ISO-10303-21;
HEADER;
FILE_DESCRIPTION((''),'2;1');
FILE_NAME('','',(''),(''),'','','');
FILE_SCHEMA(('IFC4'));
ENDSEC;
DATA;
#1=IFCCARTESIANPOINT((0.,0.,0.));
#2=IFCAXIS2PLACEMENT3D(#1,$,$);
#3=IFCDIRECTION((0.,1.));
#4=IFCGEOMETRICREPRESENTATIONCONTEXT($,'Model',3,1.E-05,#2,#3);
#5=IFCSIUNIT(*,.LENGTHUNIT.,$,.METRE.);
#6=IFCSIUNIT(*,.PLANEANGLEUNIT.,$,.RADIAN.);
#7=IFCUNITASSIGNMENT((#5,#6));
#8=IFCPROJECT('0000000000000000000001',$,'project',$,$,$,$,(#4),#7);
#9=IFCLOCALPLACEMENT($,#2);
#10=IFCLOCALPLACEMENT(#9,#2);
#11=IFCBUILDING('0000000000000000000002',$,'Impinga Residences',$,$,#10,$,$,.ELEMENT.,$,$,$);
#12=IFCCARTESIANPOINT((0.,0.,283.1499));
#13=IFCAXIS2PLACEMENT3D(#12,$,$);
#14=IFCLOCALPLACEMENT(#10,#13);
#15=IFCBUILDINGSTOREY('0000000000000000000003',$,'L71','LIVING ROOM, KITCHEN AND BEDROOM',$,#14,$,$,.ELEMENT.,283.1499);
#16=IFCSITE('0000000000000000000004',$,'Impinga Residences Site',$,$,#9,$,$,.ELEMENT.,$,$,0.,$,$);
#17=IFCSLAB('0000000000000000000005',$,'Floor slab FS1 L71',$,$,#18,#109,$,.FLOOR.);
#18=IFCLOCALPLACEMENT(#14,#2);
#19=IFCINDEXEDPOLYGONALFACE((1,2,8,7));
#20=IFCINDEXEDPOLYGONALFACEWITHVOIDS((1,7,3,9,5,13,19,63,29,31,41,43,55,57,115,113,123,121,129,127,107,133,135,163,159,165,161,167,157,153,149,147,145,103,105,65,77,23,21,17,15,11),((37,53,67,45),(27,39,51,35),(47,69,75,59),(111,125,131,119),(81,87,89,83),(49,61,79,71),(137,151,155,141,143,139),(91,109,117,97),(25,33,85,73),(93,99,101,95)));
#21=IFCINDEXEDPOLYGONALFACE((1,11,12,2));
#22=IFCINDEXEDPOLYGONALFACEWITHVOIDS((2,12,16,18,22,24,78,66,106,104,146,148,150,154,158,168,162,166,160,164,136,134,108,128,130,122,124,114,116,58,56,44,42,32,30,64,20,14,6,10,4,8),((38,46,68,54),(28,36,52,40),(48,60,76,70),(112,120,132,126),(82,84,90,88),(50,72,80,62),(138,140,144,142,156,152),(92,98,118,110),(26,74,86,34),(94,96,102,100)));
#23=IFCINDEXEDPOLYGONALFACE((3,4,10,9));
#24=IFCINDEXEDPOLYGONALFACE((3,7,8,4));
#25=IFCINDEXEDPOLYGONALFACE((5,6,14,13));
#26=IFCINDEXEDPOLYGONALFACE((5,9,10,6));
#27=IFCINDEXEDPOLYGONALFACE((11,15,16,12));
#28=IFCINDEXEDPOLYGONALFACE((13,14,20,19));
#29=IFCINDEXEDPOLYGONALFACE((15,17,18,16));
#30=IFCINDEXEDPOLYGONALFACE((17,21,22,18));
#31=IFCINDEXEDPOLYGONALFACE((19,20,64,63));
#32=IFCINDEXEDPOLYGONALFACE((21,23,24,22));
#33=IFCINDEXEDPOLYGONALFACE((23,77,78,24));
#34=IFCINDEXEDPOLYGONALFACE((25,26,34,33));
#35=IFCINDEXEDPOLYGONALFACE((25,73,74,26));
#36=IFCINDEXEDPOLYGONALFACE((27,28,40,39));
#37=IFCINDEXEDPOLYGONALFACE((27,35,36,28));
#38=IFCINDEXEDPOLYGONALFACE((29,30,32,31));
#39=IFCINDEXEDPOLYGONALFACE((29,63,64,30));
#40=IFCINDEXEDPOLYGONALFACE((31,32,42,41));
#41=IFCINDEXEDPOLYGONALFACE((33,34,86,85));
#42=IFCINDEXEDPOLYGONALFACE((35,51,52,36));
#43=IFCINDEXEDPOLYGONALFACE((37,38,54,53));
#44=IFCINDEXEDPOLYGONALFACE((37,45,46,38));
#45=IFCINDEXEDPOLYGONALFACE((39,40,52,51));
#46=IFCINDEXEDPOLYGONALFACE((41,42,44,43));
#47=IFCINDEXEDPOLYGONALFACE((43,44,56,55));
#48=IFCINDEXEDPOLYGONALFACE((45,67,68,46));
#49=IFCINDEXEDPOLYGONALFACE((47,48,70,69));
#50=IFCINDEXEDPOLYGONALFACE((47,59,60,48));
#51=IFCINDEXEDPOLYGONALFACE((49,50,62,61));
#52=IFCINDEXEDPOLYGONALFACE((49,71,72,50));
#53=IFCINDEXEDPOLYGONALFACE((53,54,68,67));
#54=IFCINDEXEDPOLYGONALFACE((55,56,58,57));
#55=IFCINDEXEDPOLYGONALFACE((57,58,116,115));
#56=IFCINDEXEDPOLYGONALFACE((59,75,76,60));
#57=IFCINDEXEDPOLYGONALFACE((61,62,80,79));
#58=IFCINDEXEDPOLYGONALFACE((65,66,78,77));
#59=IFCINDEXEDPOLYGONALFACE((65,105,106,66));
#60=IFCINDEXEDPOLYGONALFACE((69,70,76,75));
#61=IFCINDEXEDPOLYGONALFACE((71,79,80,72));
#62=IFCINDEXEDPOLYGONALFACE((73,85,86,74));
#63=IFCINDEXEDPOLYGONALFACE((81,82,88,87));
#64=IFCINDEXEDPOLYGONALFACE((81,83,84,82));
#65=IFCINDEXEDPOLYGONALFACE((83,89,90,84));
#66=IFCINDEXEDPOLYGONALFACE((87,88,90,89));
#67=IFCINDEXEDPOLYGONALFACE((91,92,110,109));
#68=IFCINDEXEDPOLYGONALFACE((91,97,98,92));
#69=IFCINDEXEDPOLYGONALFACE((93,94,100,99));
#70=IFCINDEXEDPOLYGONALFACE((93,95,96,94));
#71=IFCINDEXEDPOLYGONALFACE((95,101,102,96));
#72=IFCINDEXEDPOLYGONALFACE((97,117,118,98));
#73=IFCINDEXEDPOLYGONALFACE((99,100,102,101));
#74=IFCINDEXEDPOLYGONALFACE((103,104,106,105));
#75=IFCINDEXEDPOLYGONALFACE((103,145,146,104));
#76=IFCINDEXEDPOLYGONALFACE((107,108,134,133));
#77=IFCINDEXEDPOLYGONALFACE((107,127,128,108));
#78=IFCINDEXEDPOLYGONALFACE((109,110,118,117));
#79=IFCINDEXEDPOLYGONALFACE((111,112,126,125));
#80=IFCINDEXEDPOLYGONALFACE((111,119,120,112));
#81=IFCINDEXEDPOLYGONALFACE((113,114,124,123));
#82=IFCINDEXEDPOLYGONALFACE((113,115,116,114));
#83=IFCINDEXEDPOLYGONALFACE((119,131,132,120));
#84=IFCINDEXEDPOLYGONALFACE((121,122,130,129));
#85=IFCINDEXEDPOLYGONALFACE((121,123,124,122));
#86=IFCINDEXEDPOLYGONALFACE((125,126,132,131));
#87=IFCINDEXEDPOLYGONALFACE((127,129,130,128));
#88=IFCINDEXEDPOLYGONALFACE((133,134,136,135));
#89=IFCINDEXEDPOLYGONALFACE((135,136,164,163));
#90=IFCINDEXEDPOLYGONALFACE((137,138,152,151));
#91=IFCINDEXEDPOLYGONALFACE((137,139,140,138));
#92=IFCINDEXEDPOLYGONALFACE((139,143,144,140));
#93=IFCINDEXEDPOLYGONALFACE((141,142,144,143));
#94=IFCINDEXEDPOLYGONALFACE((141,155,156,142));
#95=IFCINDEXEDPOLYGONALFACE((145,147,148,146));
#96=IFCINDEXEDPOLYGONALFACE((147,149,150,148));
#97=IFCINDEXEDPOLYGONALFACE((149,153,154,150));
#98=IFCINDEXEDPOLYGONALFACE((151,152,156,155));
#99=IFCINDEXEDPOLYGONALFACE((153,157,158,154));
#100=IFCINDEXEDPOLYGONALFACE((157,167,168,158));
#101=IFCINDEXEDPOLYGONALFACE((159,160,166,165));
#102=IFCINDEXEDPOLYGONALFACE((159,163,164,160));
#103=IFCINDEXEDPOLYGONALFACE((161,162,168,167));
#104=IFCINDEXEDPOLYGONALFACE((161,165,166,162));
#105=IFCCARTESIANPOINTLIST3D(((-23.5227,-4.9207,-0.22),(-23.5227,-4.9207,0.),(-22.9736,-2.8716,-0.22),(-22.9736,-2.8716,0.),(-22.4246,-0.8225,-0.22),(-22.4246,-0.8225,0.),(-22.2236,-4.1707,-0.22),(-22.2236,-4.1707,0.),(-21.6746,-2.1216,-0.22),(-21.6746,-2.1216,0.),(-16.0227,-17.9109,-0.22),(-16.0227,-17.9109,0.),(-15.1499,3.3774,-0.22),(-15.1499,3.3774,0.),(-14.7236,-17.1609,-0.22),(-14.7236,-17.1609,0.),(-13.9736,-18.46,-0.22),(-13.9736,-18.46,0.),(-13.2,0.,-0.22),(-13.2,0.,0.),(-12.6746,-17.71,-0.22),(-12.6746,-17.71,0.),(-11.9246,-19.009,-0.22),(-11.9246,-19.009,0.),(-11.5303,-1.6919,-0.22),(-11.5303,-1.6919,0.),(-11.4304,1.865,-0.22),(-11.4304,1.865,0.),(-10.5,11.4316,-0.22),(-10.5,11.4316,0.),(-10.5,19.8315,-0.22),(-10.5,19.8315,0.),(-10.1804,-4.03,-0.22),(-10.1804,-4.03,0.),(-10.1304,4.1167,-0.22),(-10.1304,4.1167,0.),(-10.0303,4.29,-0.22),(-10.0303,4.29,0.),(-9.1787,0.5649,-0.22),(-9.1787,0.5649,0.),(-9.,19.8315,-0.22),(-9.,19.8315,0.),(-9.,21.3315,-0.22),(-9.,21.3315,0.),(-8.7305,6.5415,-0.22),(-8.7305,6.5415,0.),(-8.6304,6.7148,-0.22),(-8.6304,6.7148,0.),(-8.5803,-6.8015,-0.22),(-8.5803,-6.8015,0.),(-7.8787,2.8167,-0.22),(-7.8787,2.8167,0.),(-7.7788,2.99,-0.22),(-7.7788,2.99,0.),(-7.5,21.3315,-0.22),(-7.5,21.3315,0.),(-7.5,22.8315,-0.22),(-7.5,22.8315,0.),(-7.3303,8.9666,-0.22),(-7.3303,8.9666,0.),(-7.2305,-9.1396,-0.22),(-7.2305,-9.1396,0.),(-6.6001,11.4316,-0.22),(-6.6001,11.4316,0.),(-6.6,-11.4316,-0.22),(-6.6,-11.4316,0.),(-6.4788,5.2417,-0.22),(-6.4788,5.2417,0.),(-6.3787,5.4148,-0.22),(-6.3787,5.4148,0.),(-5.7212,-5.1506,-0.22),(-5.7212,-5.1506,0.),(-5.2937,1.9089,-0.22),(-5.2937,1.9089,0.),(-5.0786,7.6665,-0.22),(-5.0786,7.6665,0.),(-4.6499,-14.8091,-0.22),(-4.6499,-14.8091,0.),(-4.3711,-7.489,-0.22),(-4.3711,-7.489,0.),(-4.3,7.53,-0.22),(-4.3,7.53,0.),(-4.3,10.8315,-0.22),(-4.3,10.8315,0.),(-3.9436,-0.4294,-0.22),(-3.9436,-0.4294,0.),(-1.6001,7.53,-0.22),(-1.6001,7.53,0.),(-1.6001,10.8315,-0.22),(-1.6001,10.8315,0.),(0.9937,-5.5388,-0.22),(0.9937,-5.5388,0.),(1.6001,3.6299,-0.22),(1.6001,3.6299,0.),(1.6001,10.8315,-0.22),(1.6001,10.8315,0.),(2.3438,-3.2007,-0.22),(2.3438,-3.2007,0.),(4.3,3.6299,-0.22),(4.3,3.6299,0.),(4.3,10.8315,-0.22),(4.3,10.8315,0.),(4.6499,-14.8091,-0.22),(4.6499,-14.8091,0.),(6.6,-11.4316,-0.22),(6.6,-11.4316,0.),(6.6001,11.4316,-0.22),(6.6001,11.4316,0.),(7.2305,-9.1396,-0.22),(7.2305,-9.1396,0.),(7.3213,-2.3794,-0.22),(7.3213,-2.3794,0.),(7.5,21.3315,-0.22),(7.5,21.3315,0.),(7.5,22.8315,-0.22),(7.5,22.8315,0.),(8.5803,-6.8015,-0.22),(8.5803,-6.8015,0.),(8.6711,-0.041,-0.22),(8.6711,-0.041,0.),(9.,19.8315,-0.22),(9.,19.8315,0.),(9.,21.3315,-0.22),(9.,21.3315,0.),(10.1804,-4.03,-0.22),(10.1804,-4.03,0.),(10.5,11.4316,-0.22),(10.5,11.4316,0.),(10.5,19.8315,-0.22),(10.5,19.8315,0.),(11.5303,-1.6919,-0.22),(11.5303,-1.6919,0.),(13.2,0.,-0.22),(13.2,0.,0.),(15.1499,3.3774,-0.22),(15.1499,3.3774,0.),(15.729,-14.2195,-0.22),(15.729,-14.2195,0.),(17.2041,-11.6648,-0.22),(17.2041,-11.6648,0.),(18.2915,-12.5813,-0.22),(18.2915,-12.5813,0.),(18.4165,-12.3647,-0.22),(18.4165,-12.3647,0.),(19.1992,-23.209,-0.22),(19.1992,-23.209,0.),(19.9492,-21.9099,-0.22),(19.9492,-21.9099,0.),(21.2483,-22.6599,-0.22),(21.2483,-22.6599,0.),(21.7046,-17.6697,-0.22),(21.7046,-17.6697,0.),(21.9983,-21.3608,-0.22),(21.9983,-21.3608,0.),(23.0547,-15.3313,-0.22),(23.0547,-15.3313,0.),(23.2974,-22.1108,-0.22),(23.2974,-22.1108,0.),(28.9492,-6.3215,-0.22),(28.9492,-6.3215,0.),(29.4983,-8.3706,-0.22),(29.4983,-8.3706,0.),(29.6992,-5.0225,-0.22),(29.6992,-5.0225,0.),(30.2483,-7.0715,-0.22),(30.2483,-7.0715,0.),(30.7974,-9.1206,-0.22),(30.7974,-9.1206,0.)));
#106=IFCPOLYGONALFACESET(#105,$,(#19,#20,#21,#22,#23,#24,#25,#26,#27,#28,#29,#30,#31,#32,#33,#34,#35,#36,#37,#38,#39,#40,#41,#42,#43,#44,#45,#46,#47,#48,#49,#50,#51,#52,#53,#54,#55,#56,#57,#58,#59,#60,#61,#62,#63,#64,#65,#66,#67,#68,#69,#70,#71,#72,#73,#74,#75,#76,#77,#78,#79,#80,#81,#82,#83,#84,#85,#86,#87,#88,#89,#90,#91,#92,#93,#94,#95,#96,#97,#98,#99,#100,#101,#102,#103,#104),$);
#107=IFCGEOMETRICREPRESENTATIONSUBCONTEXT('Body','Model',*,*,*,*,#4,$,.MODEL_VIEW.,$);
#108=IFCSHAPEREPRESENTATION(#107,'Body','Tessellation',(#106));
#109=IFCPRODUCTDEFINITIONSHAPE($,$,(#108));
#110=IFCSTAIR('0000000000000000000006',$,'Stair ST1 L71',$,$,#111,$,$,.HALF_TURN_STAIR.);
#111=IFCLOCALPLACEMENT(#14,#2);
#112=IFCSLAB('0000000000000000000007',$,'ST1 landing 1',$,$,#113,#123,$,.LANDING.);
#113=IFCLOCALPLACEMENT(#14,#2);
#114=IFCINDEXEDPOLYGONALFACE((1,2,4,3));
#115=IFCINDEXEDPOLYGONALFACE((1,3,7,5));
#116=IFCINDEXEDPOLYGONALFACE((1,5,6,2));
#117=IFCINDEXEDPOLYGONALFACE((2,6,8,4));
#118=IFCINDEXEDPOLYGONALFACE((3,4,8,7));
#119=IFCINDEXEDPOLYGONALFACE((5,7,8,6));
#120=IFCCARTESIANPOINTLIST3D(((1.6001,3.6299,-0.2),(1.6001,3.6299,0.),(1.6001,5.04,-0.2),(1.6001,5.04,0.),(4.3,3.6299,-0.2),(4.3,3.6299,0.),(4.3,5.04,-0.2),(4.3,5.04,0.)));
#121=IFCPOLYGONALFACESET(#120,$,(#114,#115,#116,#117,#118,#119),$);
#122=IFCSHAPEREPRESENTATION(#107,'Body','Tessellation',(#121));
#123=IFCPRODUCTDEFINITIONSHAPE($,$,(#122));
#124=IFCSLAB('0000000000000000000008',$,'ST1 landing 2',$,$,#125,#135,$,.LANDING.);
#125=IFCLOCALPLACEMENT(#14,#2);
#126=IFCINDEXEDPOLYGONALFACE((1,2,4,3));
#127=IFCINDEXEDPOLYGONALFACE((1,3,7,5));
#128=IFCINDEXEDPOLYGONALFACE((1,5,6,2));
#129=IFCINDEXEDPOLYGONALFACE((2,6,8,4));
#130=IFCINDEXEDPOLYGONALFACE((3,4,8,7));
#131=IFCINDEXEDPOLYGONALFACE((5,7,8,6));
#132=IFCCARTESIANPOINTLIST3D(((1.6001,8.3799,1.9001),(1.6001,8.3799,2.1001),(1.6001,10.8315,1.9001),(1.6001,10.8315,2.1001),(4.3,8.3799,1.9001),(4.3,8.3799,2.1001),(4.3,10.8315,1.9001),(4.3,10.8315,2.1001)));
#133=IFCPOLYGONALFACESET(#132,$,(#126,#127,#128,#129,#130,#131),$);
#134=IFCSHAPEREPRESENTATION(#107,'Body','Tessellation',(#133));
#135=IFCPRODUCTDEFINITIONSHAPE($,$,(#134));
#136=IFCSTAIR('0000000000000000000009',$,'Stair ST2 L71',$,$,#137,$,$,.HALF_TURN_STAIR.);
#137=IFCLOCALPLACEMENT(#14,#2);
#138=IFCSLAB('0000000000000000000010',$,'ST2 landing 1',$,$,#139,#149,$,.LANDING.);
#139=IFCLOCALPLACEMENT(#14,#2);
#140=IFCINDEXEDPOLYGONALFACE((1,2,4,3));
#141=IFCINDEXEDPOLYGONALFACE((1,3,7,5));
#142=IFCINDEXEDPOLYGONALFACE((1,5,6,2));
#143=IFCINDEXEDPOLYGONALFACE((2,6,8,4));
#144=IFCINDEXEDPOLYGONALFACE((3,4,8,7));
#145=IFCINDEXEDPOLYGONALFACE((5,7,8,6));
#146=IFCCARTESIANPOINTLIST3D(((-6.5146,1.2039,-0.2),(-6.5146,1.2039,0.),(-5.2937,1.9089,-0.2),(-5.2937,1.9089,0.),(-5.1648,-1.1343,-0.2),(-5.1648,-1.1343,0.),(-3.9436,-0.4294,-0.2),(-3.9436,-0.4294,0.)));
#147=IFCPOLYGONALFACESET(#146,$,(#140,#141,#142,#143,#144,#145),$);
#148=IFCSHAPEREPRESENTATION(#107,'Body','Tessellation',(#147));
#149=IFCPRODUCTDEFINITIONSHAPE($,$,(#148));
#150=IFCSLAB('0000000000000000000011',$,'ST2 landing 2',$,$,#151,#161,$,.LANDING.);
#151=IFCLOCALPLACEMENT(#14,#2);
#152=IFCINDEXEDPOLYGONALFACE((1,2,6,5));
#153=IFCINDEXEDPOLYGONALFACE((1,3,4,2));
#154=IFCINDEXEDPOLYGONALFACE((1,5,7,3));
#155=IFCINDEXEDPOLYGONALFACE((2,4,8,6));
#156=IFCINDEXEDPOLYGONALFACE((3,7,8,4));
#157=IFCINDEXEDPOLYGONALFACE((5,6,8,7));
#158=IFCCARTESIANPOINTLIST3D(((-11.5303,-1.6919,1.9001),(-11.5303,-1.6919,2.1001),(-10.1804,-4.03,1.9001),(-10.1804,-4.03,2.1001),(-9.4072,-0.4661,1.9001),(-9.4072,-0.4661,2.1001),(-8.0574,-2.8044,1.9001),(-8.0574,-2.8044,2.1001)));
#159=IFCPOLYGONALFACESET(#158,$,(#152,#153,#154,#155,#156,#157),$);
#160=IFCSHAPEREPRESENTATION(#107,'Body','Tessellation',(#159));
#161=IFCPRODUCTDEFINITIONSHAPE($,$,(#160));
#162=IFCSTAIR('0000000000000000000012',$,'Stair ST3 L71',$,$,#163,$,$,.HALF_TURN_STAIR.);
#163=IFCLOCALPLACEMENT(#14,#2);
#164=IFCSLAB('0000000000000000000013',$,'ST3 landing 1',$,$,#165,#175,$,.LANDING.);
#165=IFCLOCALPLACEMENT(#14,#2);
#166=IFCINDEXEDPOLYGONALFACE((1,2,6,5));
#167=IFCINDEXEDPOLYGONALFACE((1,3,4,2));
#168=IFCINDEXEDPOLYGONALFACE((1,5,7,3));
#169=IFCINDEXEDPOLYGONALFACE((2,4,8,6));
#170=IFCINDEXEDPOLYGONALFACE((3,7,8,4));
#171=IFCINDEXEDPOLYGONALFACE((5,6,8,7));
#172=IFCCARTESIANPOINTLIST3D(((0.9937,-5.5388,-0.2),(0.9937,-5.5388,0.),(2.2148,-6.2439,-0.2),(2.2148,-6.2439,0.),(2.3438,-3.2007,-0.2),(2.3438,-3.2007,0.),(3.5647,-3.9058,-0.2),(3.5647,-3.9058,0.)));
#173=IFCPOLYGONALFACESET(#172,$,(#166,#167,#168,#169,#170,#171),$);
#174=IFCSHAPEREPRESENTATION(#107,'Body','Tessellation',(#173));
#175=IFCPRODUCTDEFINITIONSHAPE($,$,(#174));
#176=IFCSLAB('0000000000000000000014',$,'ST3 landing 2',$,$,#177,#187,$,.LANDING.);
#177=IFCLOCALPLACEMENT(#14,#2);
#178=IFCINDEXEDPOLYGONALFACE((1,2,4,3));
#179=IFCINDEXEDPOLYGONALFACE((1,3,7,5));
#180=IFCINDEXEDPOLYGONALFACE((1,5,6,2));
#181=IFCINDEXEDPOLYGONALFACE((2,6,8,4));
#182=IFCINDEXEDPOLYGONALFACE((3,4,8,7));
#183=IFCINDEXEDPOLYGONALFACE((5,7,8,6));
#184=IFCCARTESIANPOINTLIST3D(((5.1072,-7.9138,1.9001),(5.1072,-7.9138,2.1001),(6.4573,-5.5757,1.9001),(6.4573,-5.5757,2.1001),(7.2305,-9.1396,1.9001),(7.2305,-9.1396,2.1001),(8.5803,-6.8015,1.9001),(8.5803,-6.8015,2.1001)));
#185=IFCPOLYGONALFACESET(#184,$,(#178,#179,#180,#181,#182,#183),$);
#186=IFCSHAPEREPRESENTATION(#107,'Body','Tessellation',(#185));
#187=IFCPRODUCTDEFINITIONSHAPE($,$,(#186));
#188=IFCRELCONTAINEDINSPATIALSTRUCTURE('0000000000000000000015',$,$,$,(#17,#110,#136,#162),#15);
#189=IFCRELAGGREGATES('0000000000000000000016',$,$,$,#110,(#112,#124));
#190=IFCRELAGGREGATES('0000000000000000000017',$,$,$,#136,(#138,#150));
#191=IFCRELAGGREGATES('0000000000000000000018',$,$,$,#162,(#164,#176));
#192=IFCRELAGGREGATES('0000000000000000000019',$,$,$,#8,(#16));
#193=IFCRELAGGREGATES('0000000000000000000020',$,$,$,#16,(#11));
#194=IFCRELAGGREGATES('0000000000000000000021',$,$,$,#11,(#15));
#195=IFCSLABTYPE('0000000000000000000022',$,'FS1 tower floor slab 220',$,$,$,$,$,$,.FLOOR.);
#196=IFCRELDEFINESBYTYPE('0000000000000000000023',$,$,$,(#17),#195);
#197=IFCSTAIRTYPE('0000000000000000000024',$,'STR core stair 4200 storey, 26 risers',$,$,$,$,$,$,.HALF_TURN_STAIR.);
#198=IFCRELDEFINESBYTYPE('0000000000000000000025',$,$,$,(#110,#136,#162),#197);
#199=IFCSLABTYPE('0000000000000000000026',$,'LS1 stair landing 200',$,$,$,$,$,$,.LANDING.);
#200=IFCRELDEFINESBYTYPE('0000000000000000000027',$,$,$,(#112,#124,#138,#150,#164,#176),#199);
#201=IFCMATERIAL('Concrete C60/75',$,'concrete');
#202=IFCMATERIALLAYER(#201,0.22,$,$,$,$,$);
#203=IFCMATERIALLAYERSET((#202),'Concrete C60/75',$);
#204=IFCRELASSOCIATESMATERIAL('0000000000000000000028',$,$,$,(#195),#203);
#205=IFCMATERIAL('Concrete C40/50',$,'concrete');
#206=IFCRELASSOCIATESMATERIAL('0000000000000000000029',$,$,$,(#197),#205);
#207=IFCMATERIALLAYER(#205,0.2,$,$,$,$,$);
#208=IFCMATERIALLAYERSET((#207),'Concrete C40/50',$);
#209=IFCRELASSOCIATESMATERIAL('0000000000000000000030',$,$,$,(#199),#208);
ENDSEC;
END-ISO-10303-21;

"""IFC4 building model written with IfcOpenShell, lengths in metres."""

from ifc_helpers import new_model, si_unit, direction, frame, origin, place, context, subcontext, project, spatial, polyline, outline, extrude, material, layer, layer_set, type_object, element, aggregate, save


model = new_model("IFC4")

# Units and contexts
model_context = context("Model", 3, precision=1e-05, world=origin(), true_north=direction((0.0, 1.0)))
body_context = subcontext(model_context, "Body", "Model", "MODEL_VIEW")
ifc_project = project(units=[si_unit("LENGTHUNIT", "METRE"), si_unit("PLANEANGLEUNIT", "RADIAN")], contexts=[model_context])

# Site, building, storey
site_placement = place(None, origin())
site = spatial("IfcSite", under=ifc_project, at=site_placement, Name="Impinga Residences Site", CompositionType="ELEMENT", RefElevation=0.0)
building_placement = place(site_placement, origin())
building = spatial("IfcBuilding", under=site, at=building_placement, Name="Impinga Residences", CompositionType="ELEMENT")
storey_placement = place(building_placement, frame((0.0, 0.0, 283.1499)))
storey = spatial("IfcBuildingStorey", under=building, at=storey_placement, Name="L71", Description="LIVING ROOM, KITCHEN AND BEDROOM", CompositionType="ELEMENT", Elevation=283.1499)

# Slab
ifc_material_1 = material(Name="Concrete C60/75", Category="concrete")
ifc_layer_1 = layer(ifc_material_1, 0.22)
ifc_layer_set_1 = layer_set([ifc_layer_1], Name="Concrete C60/75")
slab_type_1 = type_object("IfcSlabType", Name="FS1 tower floor slab 220", PredefinedType="FLOOR", material=ifc_layer_set_1)
slab_1_placement = place(storey_placement, frame((0.0, 0.0, -0.22)))
element("IfcSlab", 1, at=slab_1_placement, inside=storey, type_object=slab_type_1, Name="Floor slab FS1 L71", PredefinedType="FLOOR", context=body_context, shape_type="SweptSolid", body=[
    extrude(outline(polyline([(28.9492, -6.3215), (30.2483, -7.0715), (29.4983, -8.3706), (30.7974, -9.1206), (23.2974, -22.1108), (21.9983, -21.3608), (21.2483, -22.6599), (19.9492, -21.9099), (19.1992, -23.209), (4.6499, -14.8091), (9.9001, -5.7158), (6.6001, -11.4316), (-6.6001, -11.4316), (-9.9001, -5.7158), (-4.6499, -14.8091), (-11.9246, -19.009), (-12.6746, -17.71), (-13.9736, -18.46), (-14.7236, -17.1609), (-16.0227, -17.9109), (-23.5227, -4.9207), (-22.2236, -4.1707), (-22.9736, -2.8716), (-21.6746, -2.1216), (-22.4246, -0.8225), (-15.1499, 3.3774), (-13.2, 0.0), (-6.6001, 11.4316), (-10.5, 11.4316), (-10.5, 19.8315), (-9.0, 19.8315), (-9.0, 21.3315), (-7.5, 21.3315), (-7.5, 22.8315), (7.5, 22.8315), (7.5, 21.3315), (9.0, 21.3315), (9.0, 19.8315), (10.5, 19.8315), (10.5, 11.4316), (6.6001, 11.4316), (13.2, 0.0), (15.1499, 3.3774), (29.6992, -5.0225), (28.9492, -6.3215)]), holes=[polyline([(-8.5803, -6.8015), (-7.2305, -9.1396), (-4.3711, -7.489), (-5.7212, -5.1506), (-8.5803, -6.8015)]), polyline([(-5.2937, 1.9089), (-11.5303, -1.6919), (-10.1804, -4.03), (-3.9436, -0.4294), (-5.2937, 1.9089)]), polyline([(-7.8787, 2.8167), (-10.1304, 4.1167), (-11.4304, 1.865), (-9.1787, 0.5649), (-7.8787, 2.8167)]), polyline([(-8.7305, 6.5415), (-10.0303, 4.29), (-7.7788, 2.99), (-6.4788, 5.2417), (-8.7305, 6.5415)]), polyline([(-5.0786, 7.6665), (-7.3303, 8.9666), (-8.6304, 6.7148), (-6.3787, 5.4148), (-5.0786, 7.6665)]), polyline([(-1.6001, 7.53), (-1.6001, 10.8315), (-4.3, 10.8315), (-4.3, 7.53), (-1.6001, 7.53)]), polyline([(21.7046, -17.6697), (23.0547, -15.3313), (18.2915, -12.5813), (18.4165, -12.3647), (17.2041, -11.6648), (15.729, -14.2195), (21.7046, -17.6697)]), polyline([(7.2305, -9.1396), (8.5803, -6.8015), (2.3438, -3.2007), (0.9937, -5.5388), (7.2305, -9.1396)]), polyline([(7.3213, -2.3794), (10.1804, -4.03), (11.5303, -1.6919), (8.6711, -0.041), (7.3213, -2.3794)]), polyline([(4.3, 3.6299), (4.3, 10.8315), (1.6001, 10.8315), (1.6001, 3.6299), (4.3, 3.6299)])]), origin(), (0.0, 0.0, 1.0), 0.22),
])

# Stairs, slabs
ifc_material_2 = material(Name="Concrete C40/50", Category="concrete")
stair_type_1 = type_object("IfcStairType", Name="STR core stair 4200 storey, 26 risers", PredefinedType="HALF_TURN_STAIR", material=ifc_material_2)
stair_1_placement = place(storey_placement, origin())
stair_1 = element("IfcStair", 2, at=stair_1_placement, inside=storey, type_object=stair_type_1, Name="Stair ST1 L71", PredefinedType="HALF_TURN_STAIR")
ifc_layer_2 = layer(ifc_material_2, 0.2)
ifc_layer_set_2 = layer_set([ifc_layer_2], Name="Concrete C40/50")
slab_type_2 = type_object("IfcSlabType", Name="LS1 stair landing 200", PredefinedType="LANDING", material=ifc_layer_set_2)
slab_2_placement = place(storey_placement, frame((0.0, 0.0, -0.2)))
slab_2 = element("IfcSlab", 3, at=slab_2_placement, type_object=slab_type_2, Name="ST1 landing 1", PredefinedType="LANDING", context=body_context, shape_type="SweptSolid", body=[
    extrude(outline(polyline([(1.6001, 3.6299), (4.3, 3.6299), (4.3, 5.04), (1.6001, 5.04), (1.6001, 3.6299)])), origin(), (0.0, 0.0, 1.0), 0.2),
])
slab_3_placement = place(storey_placement, frame((0.0, 0.0, 1.9001)))
slab_3 = element("IfcSlab", 4, at=slab_3_placement, type_object=slab_type_2, Name="ST1 landing 2", PredefinedType="LANDING", context=body_context, shape_type="SweptSolid", body=[
    extrude(outline(polyline([(1.6001, 8.3799), (4.3, 8.3799), (4.3, 10.8315), (1.6001, 10.8315), (1.6001, 8.3799)])), origin(), (0.0, 0.0, 1.0), 0.2),
])
aggregate(stair_1, [slab_2, slab_3])
stair_2_placement = place(storey_placement, origin())
stair_2 = element("IfcStair", 5, at=stair_2_placement, inside=storey, type_object=stair_type_1, Name="Stair ST2 L71", PredefinedType="HALF_TURN_STAIR")
slab_4_placement = place(storey_placement, frame((0.0, 0.0, -0.2)))
slab_4 = element("IfcSlab", 6, at=slab_4_placement, type_object=slab_type_2, Name="ST2 landing 1", PredefinedType="LANDING", context=body_context, shape_type="SweptSolid", body=[
    extrude(outline(polyline([(-3.9436, -0.4294), (-5.2937, 1.9089), (-6.5146, 1.2039), (-5.1648, -1.1343), (-3.9436, -0.4294)])), origin(), (0.0, 0.0, 1.0), 0.2),
])
slab_5_placement = place(storey_placement, frame((0.0, 0.0, 1.9001)))
slab_5 = element("IfcSlab", 7, at=slab_5_placement, type_object=slab_type_2, Name="ST2 landing 2", PredefinedType="LANDING", context=body_context, shape_type="SweptSolid", body=[
    extrude(outline(polyline([(-8.0574, -2.8044), (-9.4072, -0.4661), (-11.5303, -1.6919), (-10.1804, -4.03), (-8.0574, -2.8044)])), origin(), (0.0, 0.0, 1.0), 0.2),
])
aggregate(stair_2, [slab_4, slab_5])
stair_3_placement = place(storey_placement, origin())
stair_3 = element("IfcStair", 8, at=stair_3_placement, inside=storey, type_object=stair_type_1, Name="Stair ST3 L71", PredefinedType="HALF_TURN_STAIR")
slab_6_placement = place(storey_placement, frame((0.0, 0.0, -0.2)))
slab_6 = element("IfcSlab", 9, at=slab_6_placement, type_object=slab_type_2, Name="ST3 landing 1", PredefinedType="LANDING", context=body_context, shape_type="SweptSolid", body=[
    extrude(outline(polyline([(2.3438, -3.2007), (0.9937, -5.5388), (2.2148, -6.2439), (3.5647, -3.9058), (2.3438, -3.2007)])), origin(), (0.0, 0.0, 1.0), 0.2),
])
slab_7_placement = place(storey_placement, frame((0.0, 0.0, 1.9001)))
slab_7 = element("IfcSlab", 10, at=slab_7_placement, type_object=slab_type_2, Name="ST3 landing 2", PredefinedType="LANDING", context=body_context, shape_type="SweptSolid", body=[
    extrude(outline(polyline([(6.4573, -5.5757), (5.1072, -7.9138), (7.2305, -9.1396), (8.5803, -6.8015), (6.4573, -5.5757)])), origin(), (0.0, 0.0, 1.0), 0.2),
])
aggregate(stair_3, [slab_6, slab_7])

save(model, "model.ifc")
